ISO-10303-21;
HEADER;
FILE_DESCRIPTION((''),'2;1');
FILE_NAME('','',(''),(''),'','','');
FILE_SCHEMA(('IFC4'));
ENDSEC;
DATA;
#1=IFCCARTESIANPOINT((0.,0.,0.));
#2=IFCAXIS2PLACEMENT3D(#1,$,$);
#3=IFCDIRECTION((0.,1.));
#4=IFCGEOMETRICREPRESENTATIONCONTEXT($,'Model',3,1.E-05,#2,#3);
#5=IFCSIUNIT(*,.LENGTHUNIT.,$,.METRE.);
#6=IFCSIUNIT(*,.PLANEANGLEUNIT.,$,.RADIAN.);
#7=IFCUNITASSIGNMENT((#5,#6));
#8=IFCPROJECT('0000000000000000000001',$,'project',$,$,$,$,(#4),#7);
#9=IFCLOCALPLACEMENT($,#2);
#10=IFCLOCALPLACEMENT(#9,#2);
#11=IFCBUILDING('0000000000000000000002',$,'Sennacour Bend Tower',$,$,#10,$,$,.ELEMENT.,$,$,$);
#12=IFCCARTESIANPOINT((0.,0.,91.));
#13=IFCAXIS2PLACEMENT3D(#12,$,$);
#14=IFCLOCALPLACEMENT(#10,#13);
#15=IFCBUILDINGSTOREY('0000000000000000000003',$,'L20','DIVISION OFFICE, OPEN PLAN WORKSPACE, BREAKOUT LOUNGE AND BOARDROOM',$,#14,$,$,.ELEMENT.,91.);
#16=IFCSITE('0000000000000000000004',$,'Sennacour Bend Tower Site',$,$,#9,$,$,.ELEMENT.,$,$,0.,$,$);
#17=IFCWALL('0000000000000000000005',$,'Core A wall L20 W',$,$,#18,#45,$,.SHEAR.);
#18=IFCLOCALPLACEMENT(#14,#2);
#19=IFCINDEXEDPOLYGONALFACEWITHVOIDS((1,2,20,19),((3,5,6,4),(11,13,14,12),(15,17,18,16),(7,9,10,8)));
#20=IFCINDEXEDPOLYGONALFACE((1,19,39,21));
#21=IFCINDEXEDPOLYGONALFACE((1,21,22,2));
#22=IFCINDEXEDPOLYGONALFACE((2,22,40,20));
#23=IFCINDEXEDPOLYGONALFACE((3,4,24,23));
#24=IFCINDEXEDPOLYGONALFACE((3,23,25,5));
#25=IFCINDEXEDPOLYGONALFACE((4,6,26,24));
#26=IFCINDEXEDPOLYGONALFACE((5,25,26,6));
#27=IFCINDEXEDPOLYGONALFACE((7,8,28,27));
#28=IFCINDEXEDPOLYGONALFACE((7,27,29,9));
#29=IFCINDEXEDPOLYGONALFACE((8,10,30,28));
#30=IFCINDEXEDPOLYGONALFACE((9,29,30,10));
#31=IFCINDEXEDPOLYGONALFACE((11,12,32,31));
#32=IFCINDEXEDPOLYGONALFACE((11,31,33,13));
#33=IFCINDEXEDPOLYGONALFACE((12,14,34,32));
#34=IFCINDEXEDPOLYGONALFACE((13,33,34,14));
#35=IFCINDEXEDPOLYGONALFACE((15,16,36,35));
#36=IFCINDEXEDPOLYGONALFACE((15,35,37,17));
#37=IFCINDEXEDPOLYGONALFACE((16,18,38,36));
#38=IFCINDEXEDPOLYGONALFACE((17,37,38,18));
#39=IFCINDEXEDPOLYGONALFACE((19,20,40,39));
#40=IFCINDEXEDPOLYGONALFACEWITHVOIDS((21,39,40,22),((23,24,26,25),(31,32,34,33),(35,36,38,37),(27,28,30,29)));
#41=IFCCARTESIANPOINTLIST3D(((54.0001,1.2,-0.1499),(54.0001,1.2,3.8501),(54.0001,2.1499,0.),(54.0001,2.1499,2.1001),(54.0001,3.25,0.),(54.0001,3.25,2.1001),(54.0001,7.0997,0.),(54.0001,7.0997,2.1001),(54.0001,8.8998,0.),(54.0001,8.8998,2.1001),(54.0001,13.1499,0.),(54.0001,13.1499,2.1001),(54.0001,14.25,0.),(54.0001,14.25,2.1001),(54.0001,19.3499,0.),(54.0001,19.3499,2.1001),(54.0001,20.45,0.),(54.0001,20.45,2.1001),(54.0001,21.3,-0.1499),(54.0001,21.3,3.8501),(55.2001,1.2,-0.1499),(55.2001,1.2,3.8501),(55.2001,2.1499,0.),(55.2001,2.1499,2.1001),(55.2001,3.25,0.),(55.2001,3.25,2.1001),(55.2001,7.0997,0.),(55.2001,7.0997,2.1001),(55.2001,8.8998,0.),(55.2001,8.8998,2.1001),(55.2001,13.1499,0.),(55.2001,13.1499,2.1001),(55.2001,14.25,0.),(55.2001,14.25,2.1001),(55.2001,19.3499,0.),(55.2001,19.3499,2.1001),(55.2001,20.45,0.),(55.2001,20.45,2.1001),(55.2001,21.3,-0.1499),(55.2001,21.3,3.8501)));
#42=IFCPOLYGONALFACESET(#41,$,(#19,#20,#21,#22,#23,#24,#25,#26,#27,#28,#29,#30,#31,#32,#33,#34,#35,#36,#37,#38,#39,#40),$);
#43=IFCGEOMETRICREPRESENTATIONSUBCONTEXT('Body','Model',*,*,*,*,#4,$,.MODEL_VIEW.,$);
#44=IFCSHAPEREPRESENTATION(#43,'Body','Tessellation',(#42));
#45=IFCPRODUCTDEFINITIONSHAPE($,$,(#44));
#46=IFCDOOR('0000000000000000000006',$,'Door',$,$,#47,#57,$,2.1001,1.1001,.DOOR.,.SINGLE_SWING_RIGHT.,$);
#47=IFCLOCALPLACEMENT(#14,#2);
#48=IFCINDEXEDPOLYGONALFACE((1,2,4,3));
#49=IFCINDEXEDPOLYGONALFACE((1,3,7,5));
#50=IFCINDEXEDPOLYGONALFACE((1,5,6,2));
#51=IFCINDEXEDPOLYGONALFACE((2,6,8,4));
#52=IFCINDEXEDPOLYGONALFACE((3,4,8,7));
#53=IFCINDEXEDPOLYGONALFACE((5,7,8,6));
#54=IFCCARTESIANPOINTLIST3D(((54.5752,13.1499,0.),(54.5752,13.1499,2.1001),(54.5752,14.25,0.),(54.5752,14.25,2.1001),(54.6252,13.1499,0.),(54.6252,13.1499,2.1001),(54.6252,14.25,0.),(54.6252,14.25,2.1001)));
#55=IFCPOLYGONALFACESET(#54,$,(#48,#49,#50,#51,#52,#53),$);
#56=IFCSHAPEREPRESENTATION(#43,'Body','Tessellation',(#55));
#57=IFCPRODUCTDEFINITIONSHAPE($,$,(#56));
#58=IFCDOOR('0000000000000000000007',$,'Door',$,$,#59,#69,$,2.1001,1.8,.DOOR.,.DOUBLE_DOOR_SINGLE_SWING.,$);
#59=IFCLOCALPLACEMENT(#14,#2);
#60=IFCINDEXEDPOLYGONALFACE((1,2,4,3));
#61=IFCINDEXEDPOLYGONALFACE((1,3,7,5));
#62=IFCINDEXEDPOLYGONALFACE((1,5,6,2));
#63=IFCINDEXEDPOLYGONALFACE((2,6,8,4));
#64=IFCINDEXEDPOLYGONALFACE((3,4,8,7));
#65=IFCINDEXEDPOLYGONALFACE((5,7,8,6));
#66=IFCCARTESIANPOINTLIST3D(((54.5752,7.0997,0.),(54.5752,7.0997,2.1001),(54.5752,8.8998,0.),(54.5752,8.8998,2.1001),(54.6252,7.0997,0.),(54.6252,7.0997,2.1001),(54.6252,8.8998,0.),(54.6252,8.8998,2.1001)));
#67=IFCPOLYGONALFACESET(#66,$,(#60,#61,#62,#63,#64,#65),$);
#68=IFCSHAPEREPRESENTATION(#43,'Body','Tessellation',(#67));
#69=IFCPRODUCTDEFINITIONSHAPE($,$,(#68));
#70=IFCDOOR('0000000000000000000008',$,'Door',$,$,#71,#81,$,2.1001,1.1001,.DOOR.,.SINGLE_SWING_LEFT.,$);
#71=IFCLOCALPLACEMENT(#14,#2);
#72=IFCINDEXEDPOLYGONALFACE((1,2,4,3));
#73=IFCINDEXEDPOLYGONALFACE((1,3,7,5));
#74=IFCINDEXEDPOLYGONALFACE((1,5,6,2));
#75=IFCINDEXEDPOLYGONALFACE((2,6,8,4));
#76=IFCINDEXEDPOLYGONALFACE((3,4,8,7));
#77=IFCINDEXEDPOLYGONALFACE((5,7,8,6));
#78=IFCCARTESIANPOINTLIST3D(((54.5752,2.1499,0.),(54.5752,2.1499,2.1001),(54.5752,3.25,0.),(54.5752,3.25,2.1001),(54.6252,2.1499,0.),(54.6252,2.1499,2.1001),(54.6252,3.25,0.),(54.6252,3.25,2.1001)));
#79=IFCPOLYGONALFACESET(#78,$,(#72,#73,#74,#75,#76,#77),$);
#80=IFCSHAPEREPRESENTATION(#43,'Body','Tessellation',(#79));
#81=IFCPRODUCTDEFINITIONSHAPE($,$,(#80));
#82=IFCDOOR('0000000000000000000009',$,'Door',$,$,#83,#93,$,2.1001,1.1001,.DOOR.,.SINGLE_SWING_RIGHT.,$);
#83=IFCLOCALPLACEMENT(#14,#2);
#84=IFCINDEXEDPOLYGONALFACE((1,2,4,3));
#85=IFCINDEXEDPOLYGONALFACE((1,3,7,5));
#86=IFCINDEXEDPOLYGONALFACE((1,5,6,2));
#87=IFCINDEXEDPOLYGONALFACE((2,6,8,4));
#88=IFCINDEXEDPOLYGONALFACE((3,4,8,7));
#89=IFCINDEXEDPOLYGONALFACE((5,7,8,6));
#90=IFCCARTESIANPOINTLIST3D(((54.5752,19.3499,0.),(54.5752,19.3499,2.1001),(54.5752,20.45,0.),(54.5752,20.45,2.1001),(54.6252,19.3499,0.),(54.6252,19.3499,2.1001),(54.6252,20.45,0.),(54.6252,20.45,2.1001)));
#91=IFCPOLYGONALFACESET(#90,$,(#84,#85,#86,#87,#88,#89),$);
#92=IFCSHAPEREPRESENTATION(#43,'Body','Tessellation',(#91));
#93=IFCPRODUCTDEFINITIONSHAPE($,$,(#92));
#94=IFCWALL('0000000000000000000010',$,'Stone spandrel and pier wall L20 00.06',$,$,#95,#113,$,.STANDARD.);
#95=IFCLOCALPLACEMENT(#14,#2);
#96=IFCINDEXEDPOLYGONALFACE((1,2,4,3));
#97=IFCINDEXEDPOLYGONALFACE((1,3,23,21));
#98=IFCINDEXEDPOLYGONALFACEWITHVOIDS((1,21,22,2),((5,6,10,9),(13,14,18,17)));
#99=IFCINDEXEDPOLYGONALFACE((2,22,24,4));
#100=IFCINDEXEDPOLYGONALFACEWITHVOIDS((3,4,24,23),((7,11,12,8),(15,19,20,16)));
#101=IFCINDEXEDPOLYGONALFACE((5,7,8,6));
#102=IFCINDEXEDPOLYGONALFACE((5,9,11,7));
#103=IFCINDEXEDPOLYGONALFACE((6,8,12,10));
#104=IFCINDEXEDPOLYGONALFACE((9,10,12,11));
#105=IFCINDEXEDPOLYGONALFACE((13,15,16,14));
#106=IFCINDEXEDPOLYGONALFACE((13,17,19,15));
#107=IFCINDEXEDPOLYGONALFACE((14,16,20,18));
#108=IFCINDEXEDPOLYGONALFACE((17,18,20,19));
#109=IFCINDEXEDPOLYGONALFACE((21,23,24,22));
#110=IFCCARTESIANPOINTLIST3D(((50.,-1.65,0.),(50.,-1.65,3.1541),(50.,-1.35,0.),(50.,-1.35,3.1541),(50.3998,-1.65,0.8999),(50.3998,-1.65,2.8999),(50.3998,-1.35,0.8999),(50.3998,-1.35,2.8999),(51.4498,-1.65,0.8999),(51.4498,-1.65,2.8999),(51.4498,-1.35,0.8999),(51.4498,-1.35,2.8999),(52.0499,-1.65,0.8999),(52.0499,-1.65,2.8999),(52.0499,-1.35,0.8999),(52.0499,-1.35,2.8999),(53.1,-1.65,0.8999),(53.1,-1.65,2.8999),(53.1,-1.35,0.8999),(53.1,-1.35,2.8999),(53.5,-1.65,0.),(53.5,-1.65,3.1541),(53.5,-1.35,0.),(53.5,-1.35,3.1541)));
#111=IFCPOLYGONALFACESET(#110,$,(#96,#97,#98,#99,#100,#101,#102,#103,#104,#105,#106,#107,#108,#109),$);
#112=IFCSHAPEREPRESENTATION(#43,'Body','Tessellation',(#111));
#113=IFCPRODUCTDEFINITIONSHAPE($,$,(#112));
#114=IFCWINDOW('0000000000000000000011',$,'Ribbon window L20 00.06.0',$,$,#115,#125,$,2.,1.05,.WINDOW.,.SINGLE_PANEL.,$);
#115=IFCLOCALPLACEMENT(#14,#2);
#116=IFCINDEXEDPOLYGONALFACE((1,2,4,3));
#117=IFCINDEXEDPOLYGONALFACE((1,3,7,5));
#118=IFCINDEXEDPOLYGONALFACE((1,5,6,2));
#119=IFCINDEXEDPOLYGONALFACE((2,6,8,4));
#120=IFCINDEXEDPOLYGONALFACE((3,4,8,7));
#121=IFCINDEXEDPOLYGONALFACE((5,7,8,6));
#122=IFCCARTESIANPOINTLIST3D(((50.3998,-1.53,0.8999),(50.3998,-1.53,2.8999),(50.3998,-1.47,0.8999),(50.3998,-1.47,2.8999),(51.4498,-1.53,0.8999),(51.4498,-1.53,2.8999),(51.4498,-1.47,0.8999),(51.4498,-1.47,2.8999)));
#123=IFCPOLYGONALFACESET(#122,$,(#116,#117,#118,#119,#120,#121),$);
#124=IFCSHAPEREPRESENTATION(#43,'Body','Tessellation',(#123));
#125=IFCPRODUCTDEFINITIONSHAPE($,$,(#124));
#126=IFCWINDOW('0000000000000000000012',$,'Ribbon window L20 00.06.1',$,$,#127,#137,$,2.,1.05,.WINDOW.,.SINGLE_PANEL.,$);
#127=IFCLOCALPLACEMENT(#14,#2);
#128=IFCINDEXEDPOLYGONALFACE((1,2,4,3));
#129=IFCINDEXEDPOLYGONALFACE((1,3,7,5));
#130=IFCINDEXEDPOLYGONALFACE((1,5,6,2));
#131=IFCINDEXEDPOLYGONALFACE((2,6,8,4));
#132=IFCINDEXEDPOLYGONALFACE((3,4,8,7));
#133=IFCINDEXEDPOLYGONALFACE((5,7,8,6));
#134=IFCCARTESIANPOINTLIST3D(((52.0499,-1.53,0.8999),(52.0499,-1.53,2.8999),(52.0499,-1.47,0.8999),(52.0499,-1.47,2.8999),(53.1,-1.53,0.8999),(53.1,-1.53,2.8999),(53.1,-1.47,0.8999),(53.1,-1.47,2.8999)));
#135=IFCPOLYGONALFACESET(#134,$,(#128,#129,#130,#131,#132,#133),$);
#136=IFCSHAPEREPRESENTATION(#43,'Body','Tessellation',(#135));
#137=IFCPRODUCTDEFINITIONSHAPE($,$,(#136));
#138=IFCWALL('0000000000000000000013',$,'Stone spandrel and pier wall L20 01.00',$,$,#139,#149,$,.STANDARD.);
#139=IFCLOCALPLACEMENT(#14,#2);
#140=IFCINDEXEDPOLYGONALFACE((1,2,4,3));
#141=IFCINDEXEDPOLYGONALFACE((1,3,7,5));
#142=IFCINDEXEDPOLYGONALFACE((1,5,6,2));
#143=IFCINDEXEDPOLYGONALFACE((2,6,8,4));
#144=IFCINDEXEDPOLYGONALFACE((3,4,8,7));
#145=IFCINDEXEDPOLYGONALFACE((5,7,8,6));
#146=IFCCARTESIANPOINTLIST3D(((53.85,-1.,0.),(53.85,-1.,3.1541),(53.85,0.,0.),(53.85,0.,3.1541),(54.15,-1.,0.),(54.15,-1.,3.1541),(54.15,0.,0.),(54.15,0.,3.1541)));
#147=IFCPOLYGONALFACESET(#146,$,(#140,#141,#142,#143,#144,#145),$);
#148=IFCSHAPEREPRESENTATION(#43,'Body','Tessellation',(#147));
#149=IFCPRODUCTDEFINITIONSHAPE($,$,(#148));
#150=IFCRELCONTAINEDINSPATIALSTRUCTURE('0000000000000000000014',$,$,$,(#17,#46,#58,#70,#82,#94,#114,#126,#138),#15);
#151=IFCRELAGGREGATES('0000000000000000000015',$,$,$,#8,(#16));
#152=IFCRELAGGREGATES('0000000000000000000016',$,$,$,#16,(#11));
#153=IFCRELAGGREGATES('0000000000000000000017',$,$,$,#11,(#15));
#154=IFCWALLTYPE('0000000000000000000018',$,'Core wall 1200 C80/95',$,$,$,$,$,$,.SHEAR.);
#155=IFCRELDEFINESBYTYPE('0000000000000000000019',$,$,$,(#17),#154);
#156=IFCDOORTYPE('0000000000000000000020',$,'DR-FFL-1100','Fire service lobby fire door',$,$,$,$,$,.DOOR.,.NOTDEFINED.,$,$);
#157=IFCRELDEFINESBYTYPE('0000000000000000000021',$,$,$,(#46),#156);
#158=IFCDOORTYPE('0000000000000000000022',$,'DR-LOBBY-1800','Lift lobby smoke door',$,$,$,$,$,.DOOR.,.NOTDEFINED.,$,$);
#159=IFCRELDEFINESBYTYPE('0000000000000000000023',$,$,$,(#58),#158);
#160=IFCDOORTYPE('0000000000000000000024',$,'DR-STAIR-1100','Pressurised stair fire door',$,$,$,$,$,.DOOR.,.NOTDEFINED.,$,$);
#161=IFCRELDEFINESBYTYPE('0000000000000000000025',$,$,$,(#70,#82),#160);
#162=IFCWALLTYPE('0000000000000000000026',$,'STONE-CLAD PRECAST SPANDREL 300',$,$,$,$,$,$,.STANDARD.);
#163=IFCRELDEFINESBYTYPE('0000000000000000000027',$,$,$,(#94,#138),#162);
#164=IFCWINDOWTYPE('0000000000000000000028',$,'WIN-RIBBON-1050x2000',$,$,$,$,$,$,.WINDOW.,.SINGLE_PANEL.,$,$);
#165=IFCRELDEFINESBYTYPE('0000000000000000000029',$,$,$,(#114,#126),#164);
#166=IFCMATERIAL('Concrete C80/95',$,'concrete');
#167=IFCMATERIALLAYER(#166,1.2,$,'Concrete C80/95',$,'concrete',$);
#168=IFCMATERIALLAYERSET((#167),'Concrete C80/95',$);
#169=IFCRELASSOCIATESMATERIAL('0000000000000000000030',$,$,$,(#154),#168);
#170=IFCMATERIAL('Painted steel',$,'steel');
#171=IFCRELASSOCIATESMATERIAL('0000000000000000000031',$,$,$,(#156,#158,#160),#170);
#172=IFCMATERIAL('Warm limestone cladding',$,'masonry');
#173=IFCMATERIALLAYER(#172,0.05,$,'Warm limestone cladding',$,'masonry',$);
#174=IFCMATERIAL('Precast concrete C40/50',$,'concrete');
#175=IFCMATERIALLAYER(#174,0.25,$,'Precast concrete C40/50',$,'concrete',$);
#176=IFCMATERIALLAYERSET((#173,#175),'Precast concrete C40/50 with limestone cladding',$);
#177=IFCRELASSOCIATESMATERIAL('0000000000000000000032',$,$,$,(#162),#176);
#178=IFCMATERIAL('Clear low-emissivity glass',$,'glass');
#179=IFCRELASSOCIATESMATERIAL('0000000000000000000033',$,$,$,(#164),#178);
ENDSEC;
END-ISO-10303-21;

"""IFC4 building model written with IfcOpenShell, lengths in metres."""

from ifc_helpers import new_model, si_unit, direction, frame, frame_2d, origin, place, context, subcontext, project, spatial, rectangle, extrude, material, layer, layer_set, type_object, element, fill, save


model = new_model("IFC4")

# Units and contexts
model_context = context("Model", 3, precision=1e-05, world=origin(), true_north=direction((0.0, 1.0)))
body_context = subcontext(model_context, "Body", "Model", "MODEL_VIEW")
ifc_project = project(units=[si_unit("LENGTHUNIT", "METRE"), si_unit("PLANEANGLEUNIT", "RADIAN")], contexts=[model_context])

# Site, building, storey
site_placement = place(None, origin())
site = spatial("IfcSite", under=ifc_project, at=site_placement, Name="Sennacour Bend Tower Site", CompositionType="ELEMENT", RefElevation=0.0)
building_placement = place(site_placement, origin())
building = spatial("IfcBuilding", under=site, at=building_placement, Name="Sennacour Bend Tower", CompositionType="ELEMENT")
storey_placement = place(building_placement, frame((0.0, 0.0, 91.0)))
storey = spatial("IfcBuildingStorey", under=building, at=storey_placement, Name="L20", Description="DIVISION OFFICE, OPEN PLAN WORKSPACE, BREAKOUT LOUNGE AND BOARDROOM", CompositionType="ELEMENT", Elevation=91.0)

# Wall, openings, doors
ifc_material_1 = material(Name="Concrete C80/95", Category="concrete")
ifc_layer_1 = layer(ifc_material_1, 1.2, Name="Concrete C80/95", Category="concrete")
ifc_layer_set_1 = layer_set([ifc_layer_1], Name="Concrete C80/95")
wall_type_1 = type_object("IfcWallType", Name="Core wall 1200 C80/95", PredefinedType="SHEAR", material=ifc_layer_set_1)
wall_1_placement = place(storey_placement, frame((54.6001, 1.2, -0.1499), z_axis=(0.0, 0.0, 1.0), x_axis=(0.0, 1.0, 0.0)))
wall_1 = element("IfcWall", 1, at=wall_1_placement, inside=storey, type_object=wall_type_1, Name="Core A wall L20 W", PredefinedType="SHEAR", context=body_context, shape_type="SweptSolid", body=[
    extrude(rectangle(XDim=20.1001, YDim=1.2, at=frame_2d((10.05, 0.0))), origin(), (0.0, 0.0, 1.0), 4.0),
])
opening_1_placement = place(wall_1_placement, frame((5.8999, 0.0, 0.1499)))
opening_1 = element("IfcOpeningElement", 2, at=opening_1_placement, cuts=wall_1, PredefinedType="OPENING", context=body_context, shape_type="SweptSolid", body=[
    extrude(rectangle(XDim=1.8, YDim=2.1001, at=frame_2d((0.8999, 1.05))), frame((0.0, 0.6099, 0.0), z_axis=(0.0, -1.0, 0.0), x_axis=(1.0, 0.0, 0.0)), (0.0, 0.0, 1.0), 1.22),
])
opening_2_placement = place(wall_1_placement, frame((11.95, 0.0, 0.1499)))
opening_2 = element("IfcOpeningElement", 3, at=opening_2_placement, cuts=wall_1, PredefinedType="OPENING", context=body_context, shape_type="SweptSolid", body=[
    extrude(rectangle(XDim=1.1001, YDim=2.1001, at=frame_2d((0.55, 1.05))), frame((0.0, 0.6099, 0.0), z_axis=(0.0, -1.0, 0.0), x_axis=(1.0, 0.0, 0.0)), (0.0, 0.0, 1.0), 1.22),
])
opening_3_placement = place(wall_1_placement, frame((0.95, 0.0, 0.1499)))
opening_3 = element("IfcOpeningElement", 4, at=opening_3_placement, cuts=wall_1, PredefinedType="OPENING", context=body_context, shape_type="SweptSolid", body=[
    extrude(rectangle(XDim=1.1001, YDim=2.1001, at=frame_2d((0.55, 1.05))), frame((0.0, 0.6099, 0.0), z_axis=(0.0, -1.0, 0.0), x_axis=(1.0, 0.0, 0.0)), (0.0, 0.0, 1.0), 1.22),
])
opening_4_placement = place(wall_1_placement, frame((18.1499, 0.0, 0.1499)))
opening_4 = element("IfcOpeningElement", 5, at=opening_4_placement, cuts=wall_1, PredefinedType="OPENING", context=body_context, shape_type="SweptSolid", body=[
    extrude(rectangle(XDim=1.1001, YDim=2.1001, at=frame_2d((0.55, 1.05))), frame((0.0, 0.6099, 0.0), z_axis=(0.0, -1.0, 0.0), x_axis=(1.0, 0.0, 0.0)), (0.0, 0.0, 1.0), 1.22),
])
ifc_material_2 = material(Name="Painted steel", Category="steel")
door_type_1 = type_object("IfcDoorType", Name="DR-FFL-1100", Description="Fire service lobby fire door", OperationType="NOTDEFINED", PredefinedType="DOOR", material=ifc_material_2)
door_1_placement = place(opening_2_placement, origin())
door_1 = element("IfcDoor", 6, at=door_1_placement, inside=storey, type_object=door_type_1, Name="Door", OperationType="SINGLE_SWING_RIGHT", OverallHeight=2.1001, OverallWidth=1.1001, PredefinedType="DOOR", context=body_context, shape_type="SweptSolid", body=[
    extrude(rectangle(XDim=1.1001, YDim=2.1001, at=frame_2d((0.55, 1.05))), frame((0.0, 0.0249, 0.0), z_axis=(0.0, -1.0, 0.0), x_axis=(1.0, 0.0, 0.0)), (0.0, 0.0, 1.0), 0.05),
])
fill(opening_2, door_1)
door_type_2 = type_object("IfcDoorType", Name="DR-LOBBY-1800", Description="Lift lobby smoke door", OperationType="NOTDEFINED", PredefinedType="DOOR", material=ifc_material_2)
door_2_placement = place(opening_1_placement, origin())
door_2 = element("IfcDoor", 7, at=door_2_placement, inside=storey, type_object=door_type_2, Name="Door", OperationType="DOUBLE_DOOR_SINGLE_SWING", OverallHeight=2.1001, OverallWidth=1.8, PredefinedType="DOOR", context=body_context, shape_type="SweptSolid", body=[
    extrude(rectangle(XDim=1.8, YDim=2.1001, at=frame_2d((0.8999, 1.05))), frame((0.0, 0.0249, 0.0), z_axis=(0.0, -1.0, 0.0), x_axis=(1.0, 0.0, 0.0)), (0.0, 0.0, 1.0), 0.05),
])
fill(opening_1, door_2)
door_type_3 = type_object("IfcDoorType", Name="DR-STAIR-1100", Description="Pressurised stair fire door", OperationType="NOTDEFINED", PredefinedType="DOOR", material=ifc_material_2)
door_3_placement = place(opening_3_placement, origin())
door_3 = element("IfcDoor", 8, at=door_3_placement, inside=storey, type_object=door_type_3, Name="Door", OperationType="SINGLE_SWING_LEFT", OverallHeight=2.1001, OverallWidth=1.1001, PredefinedType="DOOR", context=body_context, shape_type="SweptSolid", body=[
    extrude(rectangle(XDim=1.1001, YDim=2.1001, at=frame_2d((0.55, 1.05))), frame((0.0, 0.0249, 0.0), z_axis=(0.0, -1.0, 0.0), x_axis=(1.0, 0.0, 0.0)), (0.0, 0.0, 1.0), 0.05),
])
fill(opening_3, door_3)
door_4_placement = place(opening_4_placement, origin())
door_4 = element("IfcDoor", 9, at=door_4_placement, inside=storey, type_object=door_type_3, Name="Door", OperationType="SINGLE_SWING_RIGHT", OverallHeight=2.1001, OverallWidth=1.1001, PredefinedType="DOOR", context=body_context, shape_type="SweptSolid", body=[
    extrude(rectangle(XDim=1.1001, YDim=2.1001, at=frame_2d((0.55, 1.05))), frame((0.0, 0.0249, 0.0), z_axis=(0.0, -1.0, 0.0), x_axis=(1.0, 0.0, 0.0)), (0.0, 0.0, 1.0), 0.05),
])
fill(opening_4, door_4)

# Wall, openings, windows
ifc_material_3 = material(Name="Warm limestone cladding", Category="masonry")
ifc_layer_2 = layer(ifc_material_3, 0.05, Name="Warm limestone cladding", Category="masonry")
ifc_material_4 = material(Name="Precast concrete C40/50", Category="concrete")
ifc_layer_3 = layer(ifc_material_4, 0.25, Name="Precast concrete C40/50", Category="concrete")
ifc_layer_set_2 = layer_set([ifc_layer_2, ifc_layer_3], Name="Precast concrete C40/50 with limestone cladding")
wall_type_2 = type_object("IfcWallType", Name="STONE-CLAD PRECAST SPANDREL 300", PredefinedType="STANDARD", material=ifc_layer_set_2)
wall_2_placement = place(storey_placement, frame((50.0, -1.5, 0.0), z_axis=(0.0, 0.0, 1.0), x_axis=(1.0, 0.0, 0.0)))
wall_2 = element("IfcWall", 10, at=wall_2_placement, inside=storey, type_object=wall_type_2, Name="Stone spandrel and pier wall L20 00.06", PredefinedType="STANDARD", context=body_context, shape_type="SweptSolid", body=[
    extrude(rectangle(XDim=3.5, YDim=0.3, at=frame_2d((1.75, 0.0))), origin(), (0.0, 0.0, 1.0), 3.1541),
])
opening_5_placement = place(wall_2_placement, frame((0.3999, 0.0, 0.8999)))
opening_5 = element("IfcOpeningElement", 11, at=opening_5_placement, cuts=wall_2, PredefinedType="OPENING", context=body_context, shape_type="SweptSolid", body=[
    extrude(rectangle(XDim=1.05, YDim=2.0, at=frame_2d((0.5249, 1.0))), frame((0.0, 0.1602, 0.0), z_axis=(0.0, -1.0, 0.0), x_axis=(1.0, 0.0, 0.0)), (0.0, 0.0, 1.0), 0.3201),
])
opening_6_placement = place(wall_2_placement, frame((2.05, 0.0, 0.8999)))
opening_6 = element("IfcOpeningElement", 12, at=opening_6_placement, cuts=wall_2, PredefinedType="OPENING", context=body_context, shape_type="SweptSolid", body=[
    extrude(rectangle(XDim=1.05, YDim=2.0, at=frame_2d((0.5249, 1.0))), frame((0.0, 0.1602, 0.0), z_axis=(0.0, -1.0, 0.0), x_axis=(1.0, 0.0, 0.0)), (0.0, 0.0, 1.0), 0.3201),
])
ifc_material_5 = material(Name="Clear low-emissivity glass", Category="glass")
window_type = type_object("IfcWindowType", Name="WIN-RIBBON-1050x2000", PartitioningType="SINGLE_PANEL", PredefinedType="WINDOW", material=ifc_material_5)
window_1_placement = place(opening_5_placement, origin())
window_1 = element("IfcWindow", 13, at=window_1_placement, inside=storey, type_object=window_type, Name="Ribbon window L20 00.06.0", OverallHeight=2.0, OverallWidth=1.05, PartitioningType="SINGLE_PANEL", PredefinedType="WINDOW", context=body_context, shape_type="SweptSolid", body=[
    extrude(rectangle(XDim=1.05, YDim=2.0, at=frame_2d((0.5249, 1.0))), frame((0.0, 0.03, 0.0), z_axis=(0.0, -1.0, 0.0), x_axis=(1.0, 0.0, 0.0)), (0.0, 0.0, 1.0), 0.0601),
])
fill(opening_5, window_1)
window_2_placement = place(opening_6_placement, origin())
window_2 = element("IfcWindow", 14, at=window_2_placement, inside=storey, type_object=window_type, Name="Ribbon window L20 00.06.1", OverallHeight=2.0, OverallWidth=1.05, PartitioningType="SINGLE_PANEL", PredefinedType="WINDOW", context=body_context, shape_type="SweptSolid", body=[
    extrude(rectangle(XDim=1.05, YDim=2.0, at=frame_2d((0.5249, 1.0))), frame((0.0, 0.03, 0.0), z_axis=(0.0, -1.0, 0.0), x_axis=(1.0, 0.0, 0.0)), (0.0, 0.0, 1.0), 0.0601),
])
fill(opening_6, window_2)

# Wall
wall_3_placement = place(storey_placement, frame((54.0, -1.0, 0.0), z_axis=(0.0, 0.0, 1.0), x_axis=(0.0, 1.0, 0.0)))
element("IfcWall", 15, at=wall_3_placement, inside=storey, type_object=wall_type_2, Name="Stone spandrel and pier wall L20 01.00", PredefinedType="STANDARD", context=body_context, shape_type="SweptSolid", body=[
    extrude(rectangle(XDim=1.0, YDim=0.3, at=frame_2d((0.5, 0.0))), origin(), (0.0, 0.0, 1.0), 3.1541),
])

save(model, "model.ifc")
